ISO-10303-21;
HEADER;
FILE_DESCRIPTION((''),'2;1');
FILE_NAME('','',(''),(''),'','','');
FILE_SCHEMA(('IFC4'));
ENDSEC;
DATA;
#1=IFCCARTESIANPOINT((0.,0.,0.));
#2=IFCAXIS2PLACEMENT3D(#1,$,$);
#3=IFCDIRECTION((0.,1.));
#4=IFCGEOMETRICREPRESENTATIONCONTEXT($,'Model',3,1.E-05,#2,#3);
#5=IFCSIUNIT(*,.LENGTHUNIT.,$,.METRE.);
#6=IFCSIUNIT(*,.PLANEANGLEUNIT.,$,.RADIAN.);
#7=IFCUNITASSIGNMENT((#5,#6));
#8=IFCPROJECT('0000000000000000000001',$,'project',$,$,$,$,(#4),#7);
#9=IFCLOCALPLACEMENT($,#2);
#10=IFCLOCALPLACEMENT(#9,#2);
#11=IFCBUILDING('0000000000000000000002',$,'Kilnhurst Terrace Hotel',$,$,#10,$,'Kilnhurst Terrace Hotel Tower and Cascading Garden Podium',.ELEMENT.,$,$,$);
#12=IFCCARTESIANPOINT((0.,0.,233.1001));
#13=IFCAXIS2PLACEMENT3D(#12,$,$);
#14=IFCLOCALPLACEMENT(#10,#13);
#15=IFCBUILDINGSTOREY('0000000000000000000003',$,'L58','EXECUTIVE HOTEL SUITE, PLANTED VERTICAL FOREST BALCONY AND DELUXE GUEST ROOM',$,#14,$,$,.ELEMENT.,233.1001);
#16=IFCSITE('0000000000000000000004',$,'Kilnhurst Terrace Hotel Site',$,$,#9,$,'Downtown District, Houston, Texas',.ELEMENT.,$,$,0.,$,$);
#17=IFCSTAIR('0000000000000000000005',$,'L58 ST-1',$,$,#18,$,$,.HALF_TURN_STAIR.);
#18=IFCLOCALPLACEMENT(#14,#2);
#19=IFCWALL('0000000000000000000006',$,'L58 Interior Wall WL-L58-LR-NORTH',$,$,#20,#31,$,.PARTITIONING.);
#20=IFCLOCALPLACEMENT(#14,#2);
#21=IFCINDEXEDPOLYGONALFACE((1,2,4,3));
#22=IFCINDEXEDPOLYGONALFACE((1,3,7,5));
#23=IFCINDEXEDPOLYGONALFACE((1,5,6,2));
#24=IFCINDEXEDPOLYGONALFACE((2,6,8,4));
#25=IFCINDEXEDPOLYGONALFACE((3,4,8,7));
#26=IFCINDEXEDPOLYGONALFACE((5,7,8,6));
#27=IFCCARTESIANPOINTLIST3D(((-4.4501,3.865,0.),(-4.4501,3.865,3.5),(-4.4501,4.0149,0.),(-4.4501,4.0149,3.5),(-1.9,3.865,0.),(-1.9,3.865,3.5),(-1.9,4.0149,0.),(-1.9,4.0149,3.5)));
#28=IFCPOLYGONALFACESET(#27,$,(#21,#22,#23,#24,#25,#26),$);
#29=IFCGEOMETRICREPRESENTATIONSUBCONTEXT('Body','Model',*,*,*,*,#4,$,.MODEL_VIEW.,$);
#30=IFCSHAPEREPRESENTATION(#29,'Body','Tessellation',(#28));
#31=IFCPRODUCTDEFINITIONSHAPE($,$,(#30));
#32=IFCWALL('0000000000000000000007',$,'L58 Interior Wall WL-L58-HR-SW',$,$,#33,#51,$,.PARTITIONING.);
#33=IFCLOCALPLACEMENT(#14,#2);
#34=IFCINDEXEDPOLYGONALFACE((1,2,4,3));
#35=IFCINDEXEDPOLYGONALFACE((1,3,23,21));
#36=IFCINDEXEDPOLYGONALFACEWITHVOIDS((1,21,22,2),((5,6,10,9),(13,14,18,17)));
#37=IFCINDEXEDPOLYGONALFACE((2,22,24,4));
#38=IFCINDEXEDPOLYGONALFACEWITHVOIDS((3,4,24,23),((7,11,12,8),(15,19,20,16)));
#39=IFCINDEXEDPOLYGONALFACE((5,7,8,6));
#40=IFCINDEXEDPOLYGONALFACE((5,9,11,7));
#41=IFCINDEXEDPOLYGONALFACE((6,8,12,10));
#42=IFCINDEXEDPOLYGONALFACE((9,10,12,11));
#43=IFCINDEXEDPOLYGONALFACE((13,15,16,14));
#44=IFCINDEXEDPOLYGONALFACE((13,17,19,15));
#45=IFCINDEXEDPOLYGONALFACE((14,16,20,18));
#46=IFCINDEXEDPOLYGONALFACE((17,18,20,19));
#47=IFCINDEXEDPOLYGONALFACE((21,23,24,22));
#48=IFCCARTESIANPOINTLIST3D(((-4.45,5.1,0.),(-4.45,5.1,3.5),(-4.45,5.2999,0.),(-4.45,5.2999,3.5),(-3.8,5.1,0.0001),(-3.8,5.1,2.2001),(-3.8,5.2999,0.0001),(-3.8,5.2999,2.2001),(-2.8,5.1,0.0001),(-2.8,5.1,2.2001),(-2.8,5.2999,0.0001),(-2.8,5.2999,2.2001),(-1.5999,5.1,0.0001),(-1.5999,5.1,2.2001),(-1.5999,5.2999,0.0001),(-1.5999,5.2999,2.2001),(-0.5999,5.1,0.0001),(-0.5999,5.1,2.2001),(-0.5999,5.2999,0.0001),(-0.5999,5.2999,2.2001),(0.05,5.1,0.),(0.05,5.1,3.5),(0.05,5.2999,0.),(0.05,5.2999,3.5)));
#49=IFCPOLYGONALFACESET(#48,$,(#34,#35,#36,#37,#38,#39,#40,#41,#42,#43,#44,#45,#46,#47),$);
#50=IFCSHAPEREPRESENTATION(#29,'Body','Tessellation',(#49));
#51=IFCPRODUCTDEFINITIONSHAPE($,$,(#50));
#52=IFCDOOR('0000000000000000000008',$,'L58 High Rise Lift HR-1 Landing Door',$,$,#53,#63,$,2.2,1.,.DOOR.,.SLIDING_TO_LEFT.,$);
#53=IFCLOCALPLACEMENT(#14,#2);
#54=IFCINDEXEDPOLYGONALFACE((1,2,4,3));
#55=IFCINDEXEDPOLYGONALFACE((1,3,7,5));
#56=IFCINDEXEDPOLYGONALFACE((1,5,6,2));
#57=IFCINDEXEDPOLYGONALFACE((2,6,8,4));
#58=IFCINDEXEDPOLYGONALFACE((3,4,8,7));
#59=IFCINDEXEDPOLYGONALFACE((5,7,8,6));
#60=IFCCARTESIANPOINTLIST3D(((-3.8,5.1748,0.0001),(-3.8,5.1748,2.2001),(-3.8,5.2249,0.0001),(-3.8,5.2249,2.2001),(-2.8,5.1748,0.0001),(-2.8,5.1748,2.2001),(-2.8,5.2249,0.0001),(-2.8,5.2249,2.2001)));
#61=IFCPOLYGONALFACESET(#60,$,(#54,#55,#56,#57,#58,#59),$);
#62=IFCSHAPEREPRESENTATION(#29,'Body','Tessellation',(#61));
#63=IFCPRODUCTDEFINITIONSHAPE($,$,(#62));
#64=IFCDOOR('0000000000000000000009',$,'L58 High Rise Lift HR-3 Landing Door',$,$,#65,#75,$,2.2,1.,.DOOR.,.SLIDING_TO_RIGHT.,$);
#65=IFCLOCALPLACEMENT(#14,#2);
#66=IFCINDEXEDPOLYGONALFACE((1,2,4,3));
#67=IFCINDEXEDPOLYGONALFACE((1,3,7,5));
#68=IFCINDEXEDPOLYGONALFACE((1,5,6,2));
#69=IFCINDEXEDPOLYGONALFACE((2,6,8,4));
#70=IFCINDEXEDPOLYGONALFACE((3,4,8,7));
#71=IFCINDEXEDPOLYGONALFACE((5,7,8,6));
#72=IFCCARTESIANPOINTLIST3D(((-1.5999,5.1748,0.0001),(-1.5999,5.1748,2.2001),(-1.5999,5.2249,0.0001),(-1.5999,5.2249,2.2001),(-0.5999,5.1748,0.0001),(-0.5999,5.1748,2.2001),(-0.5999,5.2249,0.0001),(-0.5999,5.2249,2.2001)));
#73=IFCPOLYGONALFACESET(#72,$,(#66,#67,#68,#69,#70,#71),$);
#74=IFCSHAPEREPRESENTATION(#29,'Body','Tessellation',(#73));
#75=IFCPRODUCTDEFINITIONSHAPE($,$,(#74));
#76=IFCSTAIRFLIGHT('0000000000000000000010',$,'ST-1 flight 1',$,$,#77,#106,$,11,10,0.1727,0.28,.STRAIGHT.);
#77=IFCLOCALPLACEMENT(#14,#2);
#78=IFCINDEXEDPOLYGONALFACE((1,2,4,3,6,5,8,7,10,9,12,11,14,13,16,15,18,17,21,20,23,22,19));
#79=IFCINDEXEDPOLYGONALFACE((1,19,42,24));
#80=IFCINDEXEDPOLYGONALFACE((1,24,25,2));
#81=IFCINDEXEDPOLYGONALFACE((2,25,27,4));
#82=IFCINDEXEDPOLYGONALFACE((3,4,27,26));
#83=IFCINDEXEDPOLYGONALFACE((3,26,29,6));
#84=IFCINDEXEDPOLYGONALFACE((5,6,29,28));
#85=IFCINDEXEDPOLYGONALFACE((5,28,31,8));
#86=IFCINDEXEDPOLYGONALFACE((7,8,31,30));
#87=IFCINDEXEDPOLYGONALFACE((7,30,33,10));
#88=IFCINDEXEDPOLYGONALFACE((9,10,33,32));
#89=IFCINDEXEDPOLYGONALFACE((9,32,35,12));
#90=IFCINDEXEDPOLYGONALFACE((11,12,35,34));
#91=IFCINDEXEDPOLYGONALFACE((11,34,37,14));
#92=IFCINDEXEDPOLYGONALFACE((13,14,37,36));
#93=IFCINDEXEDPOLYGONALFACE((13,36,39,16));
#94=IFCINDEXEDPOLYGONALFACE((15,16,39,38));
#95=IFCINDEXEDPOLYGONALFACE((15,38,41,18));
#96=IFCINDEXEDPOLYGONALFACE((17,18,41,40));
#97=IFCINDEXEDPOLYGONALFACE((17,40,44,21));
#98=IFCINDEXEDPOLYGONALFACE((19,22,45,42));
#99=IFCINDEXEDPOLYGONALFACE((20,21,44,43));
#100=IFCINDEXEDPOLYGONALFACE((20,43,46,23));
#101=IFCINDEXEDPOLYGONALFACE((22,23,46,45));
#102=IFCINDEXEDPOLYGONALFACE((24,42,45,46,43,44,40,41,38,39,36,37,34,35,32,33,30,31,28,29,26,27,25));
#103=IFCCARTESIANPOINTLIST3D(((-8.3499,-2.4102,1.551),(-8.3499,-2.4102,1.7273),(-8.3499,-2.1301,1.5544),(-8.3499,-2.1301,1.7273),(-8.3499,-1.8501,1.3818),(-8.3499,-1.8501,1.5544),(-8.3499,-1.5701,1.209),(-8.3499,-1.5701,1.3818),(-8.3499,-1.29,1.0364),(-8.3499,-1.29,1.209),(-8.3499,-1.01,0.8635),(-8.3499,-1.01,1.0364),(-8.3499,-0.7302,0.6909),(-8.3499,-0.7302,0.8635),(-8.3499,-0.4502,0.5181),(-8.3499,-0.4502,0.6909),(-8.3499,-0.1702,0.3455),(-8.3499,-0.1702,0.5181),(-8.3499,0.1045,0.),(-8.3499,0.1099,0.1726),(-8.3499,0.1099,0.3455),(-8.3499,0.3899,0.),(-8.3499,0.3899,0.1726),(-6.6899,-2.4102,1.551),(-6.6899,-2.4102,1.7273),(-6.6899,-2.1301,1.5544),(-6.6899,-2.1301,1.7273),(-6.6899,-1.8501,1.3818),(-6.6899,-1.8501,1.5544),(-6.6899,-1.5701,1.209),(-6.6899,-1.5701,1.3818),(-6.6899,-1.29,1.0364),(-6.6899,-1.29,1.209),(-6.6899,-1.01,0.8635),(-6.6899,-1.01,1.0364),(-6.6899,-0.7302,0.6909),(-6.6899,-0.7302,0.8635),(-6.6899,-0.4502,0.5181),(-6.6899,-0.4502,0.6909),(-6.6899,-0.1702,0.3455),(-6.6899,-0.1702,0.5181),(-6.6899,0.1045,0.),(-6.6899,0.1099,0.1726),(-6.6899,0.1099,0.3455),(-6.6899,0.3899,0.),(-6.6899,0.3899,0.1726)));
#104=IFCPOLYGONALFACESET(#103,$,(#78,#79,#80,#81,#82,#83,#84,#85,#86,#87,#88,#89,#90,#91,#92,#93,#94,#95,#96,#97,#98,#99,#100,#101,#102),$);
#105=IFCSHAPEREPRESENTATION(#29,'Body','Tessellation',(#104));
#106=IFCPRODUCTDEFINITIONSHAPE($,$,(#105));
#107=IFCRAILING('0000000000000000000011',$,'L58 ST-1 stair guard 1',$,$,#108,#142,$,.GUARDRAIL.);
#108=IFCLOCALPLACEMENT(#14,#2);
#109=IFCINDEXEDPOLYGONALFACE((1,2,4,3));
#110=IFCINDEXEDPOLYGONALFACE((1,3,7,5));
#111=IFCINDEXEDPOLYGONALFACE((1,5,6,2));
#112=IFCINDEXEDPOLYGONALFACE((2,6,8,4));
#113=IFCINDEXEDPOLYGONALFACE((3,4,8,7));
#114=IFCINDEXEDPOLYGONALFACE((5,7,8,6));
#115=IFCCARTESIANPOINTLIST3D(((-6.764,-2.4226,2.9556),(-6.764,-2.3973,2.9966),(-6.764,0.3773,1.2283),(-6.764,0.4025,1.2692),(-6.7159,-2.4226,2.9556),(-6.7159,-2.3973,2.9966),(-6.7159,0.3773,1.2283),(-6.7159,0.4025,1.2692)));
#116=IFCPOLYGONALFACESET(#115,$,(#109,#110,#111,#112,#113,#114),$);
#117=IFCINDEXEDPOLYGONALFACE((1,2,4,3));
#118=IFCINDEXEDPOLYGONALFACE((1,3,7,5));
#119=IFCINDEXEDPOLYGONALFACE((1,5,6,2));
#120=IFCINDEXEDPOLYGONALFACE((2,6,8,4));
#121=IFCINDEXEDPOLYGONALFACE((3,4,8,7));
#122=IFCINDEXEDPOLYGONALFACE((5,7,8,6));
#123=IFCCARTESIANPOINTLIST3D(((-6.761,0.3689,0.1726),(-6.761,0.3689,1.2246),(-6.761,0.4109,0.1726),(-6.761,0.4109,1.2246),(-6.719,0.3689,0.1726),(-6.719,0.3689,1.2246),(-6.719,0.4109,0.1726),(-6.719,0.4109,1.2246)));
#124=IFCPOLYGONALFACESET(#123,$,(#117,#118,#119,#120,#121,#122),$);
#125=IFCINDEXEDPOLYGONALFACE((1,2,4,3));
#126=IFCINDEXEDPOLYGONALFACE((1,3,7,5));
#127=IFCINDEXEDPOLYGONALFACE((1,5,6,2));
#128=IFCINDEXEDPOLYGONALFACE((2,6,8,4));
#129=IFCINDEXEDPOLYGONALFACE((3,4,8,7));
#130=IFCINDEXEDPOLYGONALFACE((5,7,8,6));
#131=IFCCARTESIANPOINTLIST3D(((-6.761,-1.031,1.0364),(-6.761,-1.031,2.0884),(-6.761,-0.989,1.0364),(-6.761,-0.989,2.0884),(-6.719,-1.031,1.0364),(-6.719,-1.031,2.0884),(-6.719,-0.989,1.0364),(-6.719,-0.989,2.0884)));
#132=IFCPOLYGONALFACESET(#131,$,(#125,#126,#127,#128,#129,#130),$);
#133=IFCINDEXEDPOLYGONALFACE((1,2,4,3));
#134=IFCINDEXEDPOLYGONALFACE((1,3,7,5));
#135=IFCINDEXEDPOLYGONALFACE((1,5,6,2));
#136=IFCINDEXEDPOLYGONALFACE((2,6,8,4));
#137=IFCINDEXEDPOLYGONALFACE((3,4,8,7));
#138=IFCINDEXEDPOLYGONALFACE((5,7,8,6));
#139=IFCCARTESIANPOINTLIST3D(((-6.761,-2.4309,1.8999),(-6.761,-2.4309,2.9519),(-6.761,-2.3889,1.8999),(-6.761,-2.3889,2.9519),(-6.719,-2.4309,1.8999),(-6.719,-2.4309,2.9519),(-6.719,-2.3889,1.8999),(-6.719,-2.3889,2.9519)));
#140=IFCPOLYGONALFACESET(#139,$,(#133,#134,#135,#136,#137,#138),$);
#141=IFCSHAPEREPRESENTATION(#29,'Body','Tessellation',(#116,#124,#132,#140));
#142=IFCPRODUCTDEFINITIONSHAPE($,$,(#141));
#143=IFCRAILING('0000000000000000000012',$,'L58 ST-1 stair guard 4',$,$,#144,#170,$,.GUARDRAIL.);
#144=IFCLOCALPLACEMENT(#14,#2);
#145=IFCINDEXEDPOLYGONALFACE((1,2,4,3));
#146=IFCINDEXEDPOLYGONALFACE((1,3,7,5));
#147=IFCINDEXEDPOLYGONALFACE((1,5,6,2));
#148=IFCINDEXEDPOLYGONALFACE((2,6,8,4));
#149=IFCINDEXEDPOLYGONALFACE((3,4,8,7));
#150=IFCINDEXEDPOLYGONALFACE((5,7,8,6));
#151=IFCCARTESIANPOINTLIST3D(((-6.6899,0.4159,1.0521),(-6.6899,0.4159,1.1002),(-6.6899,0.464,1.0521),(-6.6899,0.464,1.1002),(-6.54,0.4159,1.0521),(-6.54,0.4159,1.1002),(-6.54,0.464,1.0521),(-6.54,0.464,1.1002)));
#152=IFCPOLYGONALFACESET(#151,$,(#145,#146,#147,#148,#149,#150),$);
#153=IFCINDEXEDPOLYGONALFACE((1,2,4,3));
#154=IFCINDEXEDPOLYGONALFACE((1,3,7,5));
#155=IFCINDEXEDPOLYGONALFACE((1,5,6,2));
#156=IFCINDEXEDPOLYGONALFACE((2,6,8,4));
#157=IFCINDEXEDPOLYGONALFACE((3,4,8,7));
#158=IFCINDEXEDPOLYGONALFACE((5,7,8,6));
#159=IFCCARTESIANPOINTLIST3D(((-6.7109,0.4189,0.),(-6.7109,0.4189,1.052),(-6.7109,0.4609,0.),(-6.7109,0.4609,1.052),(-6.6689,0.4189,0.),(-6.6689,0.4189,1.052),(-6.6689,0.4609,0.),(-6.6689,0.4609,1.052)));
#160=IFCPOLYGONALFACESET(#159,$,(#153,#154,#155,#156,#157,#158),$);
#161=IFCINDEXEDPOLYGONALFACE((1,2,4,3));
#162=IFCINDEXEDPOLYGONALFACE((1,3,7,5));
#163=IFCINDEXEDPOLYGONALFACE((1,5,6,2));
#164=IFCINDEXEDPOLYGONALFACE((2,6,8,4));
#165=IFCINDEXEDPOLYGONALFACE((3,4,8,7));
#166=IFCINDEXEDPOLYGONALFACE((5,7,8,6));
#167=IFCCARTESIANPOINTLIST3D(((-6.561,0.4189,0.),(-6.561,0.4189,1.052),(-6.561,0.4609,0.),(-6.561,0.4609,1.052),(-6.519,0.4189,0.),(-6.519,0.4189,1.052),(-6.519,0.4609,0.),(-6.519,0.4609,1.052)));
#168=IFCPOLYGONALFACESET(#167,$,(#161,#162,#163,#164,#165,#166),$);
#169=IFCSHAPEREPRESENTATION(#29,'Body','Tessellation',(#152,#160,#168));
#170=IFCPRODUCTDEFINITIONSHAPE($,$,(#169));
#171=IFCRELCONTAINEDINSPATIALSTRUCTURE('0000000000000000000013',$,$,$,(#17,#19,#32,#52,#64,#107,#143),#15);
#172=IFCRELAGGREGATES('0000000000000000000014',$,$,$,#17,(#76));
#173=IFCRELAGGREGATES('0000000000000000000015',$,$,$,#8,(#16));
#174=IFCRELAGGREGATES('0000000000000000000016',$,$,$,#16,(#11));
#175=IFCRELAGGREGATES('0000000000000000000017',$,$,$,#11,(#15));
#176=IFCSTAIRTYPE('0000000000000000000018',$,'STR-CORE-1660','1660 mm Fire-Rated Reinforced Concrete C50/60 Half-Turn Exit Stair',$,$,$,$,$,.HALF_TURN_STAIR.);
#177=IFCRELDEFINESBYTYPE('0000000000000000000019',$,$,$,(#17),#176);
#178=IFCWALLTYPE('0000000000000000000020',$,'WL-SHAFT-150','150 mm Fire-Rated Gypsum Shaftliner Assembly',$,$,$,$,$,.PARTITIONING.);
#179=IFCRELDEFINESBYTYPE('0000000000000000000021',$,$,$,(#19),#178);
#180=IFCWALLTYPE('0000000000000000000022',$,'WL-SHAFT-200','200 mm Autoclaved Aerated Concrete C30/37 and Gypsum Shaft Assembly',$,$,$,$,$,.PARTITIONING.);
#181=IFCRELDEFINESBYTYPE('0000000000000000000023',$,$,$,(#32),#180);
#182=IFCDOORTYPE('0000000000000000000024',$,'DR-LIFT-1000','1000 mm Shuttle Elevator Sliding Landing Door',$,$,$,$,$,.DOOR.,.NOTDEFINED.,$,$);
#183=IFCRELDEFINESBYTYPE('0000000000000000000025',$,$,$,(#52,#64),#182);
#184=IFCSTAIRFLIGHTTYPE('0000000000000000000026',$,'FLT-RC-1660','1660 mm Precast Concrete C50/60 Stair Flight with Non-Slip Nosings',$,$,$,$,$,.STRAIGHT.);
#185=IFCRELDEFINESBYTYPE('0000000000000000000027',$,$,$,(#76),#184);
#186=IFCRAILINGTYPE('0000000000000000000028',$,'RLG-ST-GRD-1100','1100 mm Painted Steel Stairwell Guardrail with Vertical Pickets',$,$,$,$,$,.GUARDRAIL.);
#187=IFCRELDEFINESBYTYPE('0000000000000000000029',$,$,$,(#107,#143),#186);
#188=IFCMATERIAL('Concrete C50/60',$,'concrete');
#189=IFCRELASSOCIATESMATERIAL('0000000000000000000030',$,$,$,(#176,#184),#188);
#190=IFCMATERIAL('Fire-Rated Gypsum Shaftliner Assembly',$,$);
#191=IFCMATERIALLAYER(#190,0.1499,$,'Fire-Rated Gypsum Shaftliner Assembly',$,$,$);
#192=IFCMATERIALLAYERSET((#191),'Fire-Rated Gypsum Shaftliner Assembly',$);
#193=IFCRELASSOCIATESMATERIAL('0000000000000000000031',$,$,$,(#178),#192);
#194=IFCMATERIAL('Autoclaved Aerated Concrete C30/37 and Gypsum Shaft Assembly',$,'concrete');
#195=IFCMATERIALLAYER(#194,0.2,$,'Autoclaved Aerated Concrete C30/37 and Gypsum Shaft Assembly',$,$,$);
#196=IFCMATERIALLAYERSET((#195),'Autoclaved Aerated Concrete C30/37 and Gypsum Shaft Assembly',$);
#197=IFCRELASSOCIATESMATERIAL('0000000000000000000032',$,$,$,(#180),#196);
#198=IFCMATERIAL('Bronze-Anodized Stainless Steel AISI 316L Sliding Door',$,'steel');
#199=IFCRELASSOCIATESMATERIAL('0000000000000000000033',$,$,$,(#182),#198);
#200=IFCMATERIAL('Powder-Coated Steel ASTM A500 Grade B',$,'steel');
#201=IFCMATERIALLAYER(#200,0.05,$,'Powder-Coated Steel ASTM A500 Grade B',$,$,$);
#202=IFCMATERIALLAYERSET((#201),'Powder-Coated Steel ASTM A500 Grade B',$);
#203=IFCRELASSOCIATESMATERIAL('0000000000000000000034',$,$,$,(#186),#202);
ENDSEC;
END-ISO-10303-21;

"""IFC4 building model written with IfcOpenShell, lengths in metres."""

from ifc_helpers import new_model, si_unit, direction, frame, frame_2d, origin, origin_2d, place, context, subcontext, project, spatial, polyline, rectangle, outline, extrude, material, layer, layer_set, type_object, element, fill, aggregate, save


model = new_model("IFC4")

# Units and contexts
model_context = context("Model", 3, precision=1e-05, world=origin(), true_north=direction((0.0, 1.0)))
body_context = subcontext(model_context, "Body", "Model", "MODEL_VIEW")
ifc_project = project(units=[si_unit("LENGTHUNIT", "METRE"), si_unit("PLANEANGLEUNIT", "RADIAN")], contexts=[model_context])

# Site, building, storey
site_placement = place(None, origin())
site = spatial("IfcSite", under=ifc_project, at=site_placement, Name="Kilnhurst Terrace Hotel Site", LongName="Downtown District, Houston, Texas", CompositionType="ELEMENT", RefElevation=0.0)
building_placement = place(site_placement, origin())
building = spatial("IfcBuilding", under=site, at=building_placement, Name="Kilnhurst Terrace Hotel", LongName="Kilnhurst Terrace Hotel Tower and Cascading Garden Podium", CompositionType="ELEMENT")
storey_placement = place(building_placement, frame((0.0, 0.0, 233.1001)))
storey = spatial("IfcBuildingStorey", under=building, at=storey_placement, Name="L58", Description="EXECUTIVE HOTEL SUITE, PLANTED VERTICAL FOREST BALCONY AND DELUXE GUEST ROOM", CompositionType="ELEMENT", Elevation=233.1001)

# Shared definitions
ifc_material_1 = material(Name="Concrete C50/60", Category="concrete")

# Stair
stair_type = type_object("IfcStairType", Name="STR-CORE-1660", Description="1660 mm Fire-Rated Reinforced Concrete C50/60 Half-Turn Exit Stair", PredefinedType="HALF_TURN_STAIR", material=ifc_material_1)
stair_1_placement = place(storey_placement, origin())
stair_1 = element("IfcStair", 1, at=stair_1_placement, inside=storey, type_object=stair_type, Name="L58 ST-1", PredefinedType="HALF_TURN_STAIR")

# Wall
ifc_material_2 = material(Name="Fire-Rated Gypsum Shaftliner Assembly")
ifc_layer_1 = layer(ifc_material_2, 0.1499, Name="Fire-Rated Gypsum Shaftliner Assembly")
ifc_layer_set_1 = layer_set([ifc_layer_1], Name="Fire-Rated Gypsum Shaftliner Assembly")
wall_type_1 = type_object("IfcWallType", Name="WL-SHAFT-150", Description="150 mm Fire-Rated Gypsum Shaftliner Assembly", PredefinedType="PARTITIONING", material=ifc_layer_set_1)
wall_1_placement = place(storey_placement, frame((-4.45, 3.9399, 0.0), z_axis=(0.0, 0.0, 1.0), x_axis=(1.0, 0.0, 0.0)))
element("IfcWall", 2, at=wall_1_placement, inside=storey, type_object=wall_type_1, Name="L58 Interior Wall WL-L58-LR-NORTH", PredefinedType="PARTITIONING", context=body_context, shape_type="SweptSolid", body=[
    extrude(rectangle(XDim=2.55, YDim=0.1499, at=frame_2d((1.2749, 0.0))), origin(), (0.0, 0.0, 1.0), 3.5),
])

# Wall, openings, doors
ifc_material_3 = material(Name="Autoclaved Aerated Concrete C30/37 and Gypsum Shaft Assembly", Category="concrete")
ifc_layer_2 = layer(ifc_material_3, 0.2, Name="Autoclaved Aerated Concrete C30/37 and Gypsum Shaft Assembly")
ifc_layer_set_2 = layer_set([ifc_layer_2], Name="Autoclaved Aerated Concrete C30/37 and Gypsum Shaft Assembly")
wall_type_2 = type_object("IfcWallType", Name="WL-SHAFT-200", Description="200 mm Autoclaved Aerated Concrete C30/37 and Gypsum Shaft Assembly", PredefinedType="PARTITIONING", material=ifc_layer_set_2)
wall_2_placement = place(storey_placement, frame((-4.45, 5.2, 0.0), z_axis=(0.0, 0.0, 1.0), x_axis=(1.0, 0.0, 0.0)))
wall_2 = element("IfcWall", 3, at=wall_2_placement, inside=storey, type_object=wall_type_2, Name="L58 Interior Wall WL-L58-HR-SW", PredefinedType="PARTITIONING", context=body_context, shape_type="SweptSolid", body=[
    extrude(rectangle(XDim=4.5, YDim=0.2, at=frame_2d((2.25, 0.0))), origin(), (0.0, 0.0, 1.0), 3.5),
])
opening_1_placement = place(wall_2_placement, frame((0.6499, 0.0, 0.0)))
opening_1 = element("IfcOpeningElement", 4, at=opening_1_placement, cuts=wall_2, PredefinedType="OPENING", context=body_context, shape_type="SweptSolid", body=[
    extrude(rectangle(XDim=1.0, YDim=2.2, at=frame_2d((0.5, 1.1001))), frame((0.0, 0.1099, 0.0), z_axis=(0.0, -1.0, 0.0), x_axis=(1.0, 0.0, 0.0)), (0.0, 0.0, 1.0), 0.22),
])
opening_2_placement = place(wall_2_placement, frame((2.8501, 0.0, 0.0)))
opening_2 = element("IfcOpeningElement", 5, at=opening_2_placement, cuts=wall_2, PredefinedType="OPENING", context=body_context, shape_type="SweptSolid", body=[
    extrude(rectangle(XDim=1.0, YDim=2.2, at=frame_2d((0.5, 1.1001))), frame((0.0, 0.1099, 0.0), z_axis=(0.0, -1.0, 0.0), x_axis=(1.0, 0.0, 0.0)), (0.0, 0.0, 1.0), 0.22),
])
ifc_material_4 = material(Name="Bronze-Anodized Stainless Steel AISI 316L Sliding Door", Category="steel")
door_type_1 = type_object("IfcDoorType", Name="DR-LIFT-1000", Description="1000 mm Shuttle Elevator Sliding Landing Door", OperationType="NOTDEFINED", PredefinedType="DOOR", material=ifc_material_4)
door_1_placement = place(opening_1_placement, origin())
door_1 = element("IfcDoor", 6, at=door_1_placement, inside=storey, type_object=door_type_1, Name="L58 High Rise Lift HR-1 Landing Door", OperationType="SLIDING_TO_LEFT", OverallHeight=2.2, OverallWidth=1.0, PredefinedType="DOOR", context=body_context, shape_type="SweptSolid", body=[
    extrude(rectangle(XDim=1.0, YDim=2.2, at=frame_2d((0.5, 1.1001))), frame((0.0, 0.0249, 0.0), z_axis=(0.0, -1.0, 0.0), x_axis=(1.0, 0.0, 0.0)), (0.0, 0.0, 1.0), 0.05),
])
fill(opening_1, door_1)
door_2_placement = place(opening_2_placement, origin())
door_2 = element("IfcDoor", 7, at=door_2_placement, inside=storey, type_object=door_type_1, Name="L58 High Rise Lift HR-3 Landing Door", OperationType="SLIDING_TO_RIGHT", OverallHeight=2.2, OverallWidth=1.0, PredefinedType="DOOR", context=body_context, shape_type="SweptSolid", body=[
    extrude(rectangle(XDim=1.0, YDim=2.2, at=frame_2d((0.5, 1.1001))), frame((0.0, 0.0249, 0.0), z_axis=(0.0, -1.0, 0.0), x_axis=(1.0, 0.0, 0.0)), (0.0, 0.0, 1.0), 0.05),
])
fill(opening_2, door_2)

# Stair flight
stair_flight_type = type_object("IfcStairFlightType", Name="FLT-RC-1660", Description="1660 mm Precast Concrete C50/60 Stair Flight with Non-Slip Nosings", PredefinedType="STRAIGHT", material=ifc_material_1)
stair_flight_placement = place(storey_placement, frame((-7.52, 0.3899, 0.0), z_axis=(0.0, 0.0, 1.0), x_axis=(0.0, -1.0, 0.0)))
stair_flight = element("IfcStairFlight", 8, at=stair_flight_placement, type_object=stair_flight_type, Name="ST-1 flight 1", NumberOfRisers=11, NumberOfTreads=10, PredefinedType="STRAIGHT", RiserHeight=0.1727, TreadLength=0.28, context=body_context, shape_type="SweptSolid", body=[
    extrude(outline(polyline([(0.0, 0.0), (0.0, 0.1726), (0.28, 0.1726), (0.28, 0.3455), (0.5601, 0.3455), (0.5601, 0.5181), (0.8401, 0.5181), (0.8401, 0.6909), (1.1201, 0.6909), (1.1201, 0.8635), (1.3999, 0.8635), (1.3999, 1.0364), (1.6799, 1.0364), (1.6799, 1.209), (1.96, 1.209), (1.96, 1.3818), (2.24, 1.3818), (2.24, 1.5544), (2.52, 1.5544), (2.52, 1.7273), (2.8, 1.7273), (2.8, 1.8999), (2.8, 1.551), (0.2854, 0.0), (0.0, 0.0)])), frame((0.0, 0.8301, 0.0), z_axis=(0.0, -1.0, 0.0), x_axis=(1.0, 0.0, 0.0)), (0.0, 0.0, 1.0), 1.6599),
])
aggregate(stair_1, [stair_flight])

# Railings
ifc_material_5 = material(Name="Powder-Coated Steel ASTM A500 Grade B", Category="steel")
ifc_layer_3 = layer(ifc_material_5, 0.05, Name="Powder-Coated Steel ASTM A500 Grade B")
ifc_layer_set_3 = layer_set([ifc_layer_3], Name="Powder-Coated Steel ASTM A500 Grade B")
railing_type_1 = type_object("IfcRailingType", Name="RLG-ST-GRD-1100", Description="1100 mm Painted Steel Stairwell Guardrail with Vertical Pickets", PredefinedType="GUARDRAIL", material=ifc_layer_set_3)
railing_1_placement = place(storey_placement, frame((-6.74, 0.3899, 0.1726)))
element("IfcRailing", 9, at=railing_1_placement, inside=storey, type_object=railing_type_1, Name="L58 ST-1 stair guard 1", PredefinedType="GUARDRAIL", context=body_context, shape_type="SweptSolid", body=[
    extrude(rectangle(XDim=0.0481, YDim=0.0481, at=origin_2d()), frame((0.0, 0.0, 1.0762), z_axis=(0.0, -0.851069, 0.525054), x_axis=(1.0, 0.0, 0.0)), (0.0, 0.0, 1.0), 3.2898),
    extrude(rectangle(XDim=0.042, YDim=0.042, at=origin_2d()), origin(), (0.0, 0.0, 1.0), 1.052),
    extrude(rectangle(XDim=0.042, YDim=0.042, at=origin_2d()), frame((0.0, -1.3999, 0.8638)), (0.0, 0.0, 1.0), 1.052),
    extrude(rectangle(XDim=0.042, YDim=0.042, at=origin_2d()), frame((0.0, -2.7998, 1.7273)), (0.0, 0.0, 1.0), 1.052),
])
railing_2_placement = place(storey_placement, frame((-6.6899, 0.4399, 0.0)))
element("IfcRailing", 10, at=railing_2_placement, inside=storey, type_object=railing_type_1, Name="L58 ST-1 stair guard 4", PredefinedType="GUARDRAIL", context=body_context, shape_type="SweptSolid", body=[
    extrude(rectangle(XDim=0.0481, YDim=0.0481, at=origin_2d()), frame((0.0, 0.0, 1.0762), z_axis=(1.0, 0.0, 0.0), x_axis=(0.0, 1.0, 0.0)), (0.0, 0.0, 1.0), 0.1499),
    extrude(rectangle(XDim=0.042, YDim=0.042, at=origin_2d()), origin(), (0.0, 0.0, 1.0), 1.052),
    extrude(rectangle(XDim=0.042, YDim=0.042, at=origin_2d()), frame((0.1499, 0.0, 0.0)), (0.0, 0.0, 1.0), 1.052),
])

save(model, "model.ifc")
